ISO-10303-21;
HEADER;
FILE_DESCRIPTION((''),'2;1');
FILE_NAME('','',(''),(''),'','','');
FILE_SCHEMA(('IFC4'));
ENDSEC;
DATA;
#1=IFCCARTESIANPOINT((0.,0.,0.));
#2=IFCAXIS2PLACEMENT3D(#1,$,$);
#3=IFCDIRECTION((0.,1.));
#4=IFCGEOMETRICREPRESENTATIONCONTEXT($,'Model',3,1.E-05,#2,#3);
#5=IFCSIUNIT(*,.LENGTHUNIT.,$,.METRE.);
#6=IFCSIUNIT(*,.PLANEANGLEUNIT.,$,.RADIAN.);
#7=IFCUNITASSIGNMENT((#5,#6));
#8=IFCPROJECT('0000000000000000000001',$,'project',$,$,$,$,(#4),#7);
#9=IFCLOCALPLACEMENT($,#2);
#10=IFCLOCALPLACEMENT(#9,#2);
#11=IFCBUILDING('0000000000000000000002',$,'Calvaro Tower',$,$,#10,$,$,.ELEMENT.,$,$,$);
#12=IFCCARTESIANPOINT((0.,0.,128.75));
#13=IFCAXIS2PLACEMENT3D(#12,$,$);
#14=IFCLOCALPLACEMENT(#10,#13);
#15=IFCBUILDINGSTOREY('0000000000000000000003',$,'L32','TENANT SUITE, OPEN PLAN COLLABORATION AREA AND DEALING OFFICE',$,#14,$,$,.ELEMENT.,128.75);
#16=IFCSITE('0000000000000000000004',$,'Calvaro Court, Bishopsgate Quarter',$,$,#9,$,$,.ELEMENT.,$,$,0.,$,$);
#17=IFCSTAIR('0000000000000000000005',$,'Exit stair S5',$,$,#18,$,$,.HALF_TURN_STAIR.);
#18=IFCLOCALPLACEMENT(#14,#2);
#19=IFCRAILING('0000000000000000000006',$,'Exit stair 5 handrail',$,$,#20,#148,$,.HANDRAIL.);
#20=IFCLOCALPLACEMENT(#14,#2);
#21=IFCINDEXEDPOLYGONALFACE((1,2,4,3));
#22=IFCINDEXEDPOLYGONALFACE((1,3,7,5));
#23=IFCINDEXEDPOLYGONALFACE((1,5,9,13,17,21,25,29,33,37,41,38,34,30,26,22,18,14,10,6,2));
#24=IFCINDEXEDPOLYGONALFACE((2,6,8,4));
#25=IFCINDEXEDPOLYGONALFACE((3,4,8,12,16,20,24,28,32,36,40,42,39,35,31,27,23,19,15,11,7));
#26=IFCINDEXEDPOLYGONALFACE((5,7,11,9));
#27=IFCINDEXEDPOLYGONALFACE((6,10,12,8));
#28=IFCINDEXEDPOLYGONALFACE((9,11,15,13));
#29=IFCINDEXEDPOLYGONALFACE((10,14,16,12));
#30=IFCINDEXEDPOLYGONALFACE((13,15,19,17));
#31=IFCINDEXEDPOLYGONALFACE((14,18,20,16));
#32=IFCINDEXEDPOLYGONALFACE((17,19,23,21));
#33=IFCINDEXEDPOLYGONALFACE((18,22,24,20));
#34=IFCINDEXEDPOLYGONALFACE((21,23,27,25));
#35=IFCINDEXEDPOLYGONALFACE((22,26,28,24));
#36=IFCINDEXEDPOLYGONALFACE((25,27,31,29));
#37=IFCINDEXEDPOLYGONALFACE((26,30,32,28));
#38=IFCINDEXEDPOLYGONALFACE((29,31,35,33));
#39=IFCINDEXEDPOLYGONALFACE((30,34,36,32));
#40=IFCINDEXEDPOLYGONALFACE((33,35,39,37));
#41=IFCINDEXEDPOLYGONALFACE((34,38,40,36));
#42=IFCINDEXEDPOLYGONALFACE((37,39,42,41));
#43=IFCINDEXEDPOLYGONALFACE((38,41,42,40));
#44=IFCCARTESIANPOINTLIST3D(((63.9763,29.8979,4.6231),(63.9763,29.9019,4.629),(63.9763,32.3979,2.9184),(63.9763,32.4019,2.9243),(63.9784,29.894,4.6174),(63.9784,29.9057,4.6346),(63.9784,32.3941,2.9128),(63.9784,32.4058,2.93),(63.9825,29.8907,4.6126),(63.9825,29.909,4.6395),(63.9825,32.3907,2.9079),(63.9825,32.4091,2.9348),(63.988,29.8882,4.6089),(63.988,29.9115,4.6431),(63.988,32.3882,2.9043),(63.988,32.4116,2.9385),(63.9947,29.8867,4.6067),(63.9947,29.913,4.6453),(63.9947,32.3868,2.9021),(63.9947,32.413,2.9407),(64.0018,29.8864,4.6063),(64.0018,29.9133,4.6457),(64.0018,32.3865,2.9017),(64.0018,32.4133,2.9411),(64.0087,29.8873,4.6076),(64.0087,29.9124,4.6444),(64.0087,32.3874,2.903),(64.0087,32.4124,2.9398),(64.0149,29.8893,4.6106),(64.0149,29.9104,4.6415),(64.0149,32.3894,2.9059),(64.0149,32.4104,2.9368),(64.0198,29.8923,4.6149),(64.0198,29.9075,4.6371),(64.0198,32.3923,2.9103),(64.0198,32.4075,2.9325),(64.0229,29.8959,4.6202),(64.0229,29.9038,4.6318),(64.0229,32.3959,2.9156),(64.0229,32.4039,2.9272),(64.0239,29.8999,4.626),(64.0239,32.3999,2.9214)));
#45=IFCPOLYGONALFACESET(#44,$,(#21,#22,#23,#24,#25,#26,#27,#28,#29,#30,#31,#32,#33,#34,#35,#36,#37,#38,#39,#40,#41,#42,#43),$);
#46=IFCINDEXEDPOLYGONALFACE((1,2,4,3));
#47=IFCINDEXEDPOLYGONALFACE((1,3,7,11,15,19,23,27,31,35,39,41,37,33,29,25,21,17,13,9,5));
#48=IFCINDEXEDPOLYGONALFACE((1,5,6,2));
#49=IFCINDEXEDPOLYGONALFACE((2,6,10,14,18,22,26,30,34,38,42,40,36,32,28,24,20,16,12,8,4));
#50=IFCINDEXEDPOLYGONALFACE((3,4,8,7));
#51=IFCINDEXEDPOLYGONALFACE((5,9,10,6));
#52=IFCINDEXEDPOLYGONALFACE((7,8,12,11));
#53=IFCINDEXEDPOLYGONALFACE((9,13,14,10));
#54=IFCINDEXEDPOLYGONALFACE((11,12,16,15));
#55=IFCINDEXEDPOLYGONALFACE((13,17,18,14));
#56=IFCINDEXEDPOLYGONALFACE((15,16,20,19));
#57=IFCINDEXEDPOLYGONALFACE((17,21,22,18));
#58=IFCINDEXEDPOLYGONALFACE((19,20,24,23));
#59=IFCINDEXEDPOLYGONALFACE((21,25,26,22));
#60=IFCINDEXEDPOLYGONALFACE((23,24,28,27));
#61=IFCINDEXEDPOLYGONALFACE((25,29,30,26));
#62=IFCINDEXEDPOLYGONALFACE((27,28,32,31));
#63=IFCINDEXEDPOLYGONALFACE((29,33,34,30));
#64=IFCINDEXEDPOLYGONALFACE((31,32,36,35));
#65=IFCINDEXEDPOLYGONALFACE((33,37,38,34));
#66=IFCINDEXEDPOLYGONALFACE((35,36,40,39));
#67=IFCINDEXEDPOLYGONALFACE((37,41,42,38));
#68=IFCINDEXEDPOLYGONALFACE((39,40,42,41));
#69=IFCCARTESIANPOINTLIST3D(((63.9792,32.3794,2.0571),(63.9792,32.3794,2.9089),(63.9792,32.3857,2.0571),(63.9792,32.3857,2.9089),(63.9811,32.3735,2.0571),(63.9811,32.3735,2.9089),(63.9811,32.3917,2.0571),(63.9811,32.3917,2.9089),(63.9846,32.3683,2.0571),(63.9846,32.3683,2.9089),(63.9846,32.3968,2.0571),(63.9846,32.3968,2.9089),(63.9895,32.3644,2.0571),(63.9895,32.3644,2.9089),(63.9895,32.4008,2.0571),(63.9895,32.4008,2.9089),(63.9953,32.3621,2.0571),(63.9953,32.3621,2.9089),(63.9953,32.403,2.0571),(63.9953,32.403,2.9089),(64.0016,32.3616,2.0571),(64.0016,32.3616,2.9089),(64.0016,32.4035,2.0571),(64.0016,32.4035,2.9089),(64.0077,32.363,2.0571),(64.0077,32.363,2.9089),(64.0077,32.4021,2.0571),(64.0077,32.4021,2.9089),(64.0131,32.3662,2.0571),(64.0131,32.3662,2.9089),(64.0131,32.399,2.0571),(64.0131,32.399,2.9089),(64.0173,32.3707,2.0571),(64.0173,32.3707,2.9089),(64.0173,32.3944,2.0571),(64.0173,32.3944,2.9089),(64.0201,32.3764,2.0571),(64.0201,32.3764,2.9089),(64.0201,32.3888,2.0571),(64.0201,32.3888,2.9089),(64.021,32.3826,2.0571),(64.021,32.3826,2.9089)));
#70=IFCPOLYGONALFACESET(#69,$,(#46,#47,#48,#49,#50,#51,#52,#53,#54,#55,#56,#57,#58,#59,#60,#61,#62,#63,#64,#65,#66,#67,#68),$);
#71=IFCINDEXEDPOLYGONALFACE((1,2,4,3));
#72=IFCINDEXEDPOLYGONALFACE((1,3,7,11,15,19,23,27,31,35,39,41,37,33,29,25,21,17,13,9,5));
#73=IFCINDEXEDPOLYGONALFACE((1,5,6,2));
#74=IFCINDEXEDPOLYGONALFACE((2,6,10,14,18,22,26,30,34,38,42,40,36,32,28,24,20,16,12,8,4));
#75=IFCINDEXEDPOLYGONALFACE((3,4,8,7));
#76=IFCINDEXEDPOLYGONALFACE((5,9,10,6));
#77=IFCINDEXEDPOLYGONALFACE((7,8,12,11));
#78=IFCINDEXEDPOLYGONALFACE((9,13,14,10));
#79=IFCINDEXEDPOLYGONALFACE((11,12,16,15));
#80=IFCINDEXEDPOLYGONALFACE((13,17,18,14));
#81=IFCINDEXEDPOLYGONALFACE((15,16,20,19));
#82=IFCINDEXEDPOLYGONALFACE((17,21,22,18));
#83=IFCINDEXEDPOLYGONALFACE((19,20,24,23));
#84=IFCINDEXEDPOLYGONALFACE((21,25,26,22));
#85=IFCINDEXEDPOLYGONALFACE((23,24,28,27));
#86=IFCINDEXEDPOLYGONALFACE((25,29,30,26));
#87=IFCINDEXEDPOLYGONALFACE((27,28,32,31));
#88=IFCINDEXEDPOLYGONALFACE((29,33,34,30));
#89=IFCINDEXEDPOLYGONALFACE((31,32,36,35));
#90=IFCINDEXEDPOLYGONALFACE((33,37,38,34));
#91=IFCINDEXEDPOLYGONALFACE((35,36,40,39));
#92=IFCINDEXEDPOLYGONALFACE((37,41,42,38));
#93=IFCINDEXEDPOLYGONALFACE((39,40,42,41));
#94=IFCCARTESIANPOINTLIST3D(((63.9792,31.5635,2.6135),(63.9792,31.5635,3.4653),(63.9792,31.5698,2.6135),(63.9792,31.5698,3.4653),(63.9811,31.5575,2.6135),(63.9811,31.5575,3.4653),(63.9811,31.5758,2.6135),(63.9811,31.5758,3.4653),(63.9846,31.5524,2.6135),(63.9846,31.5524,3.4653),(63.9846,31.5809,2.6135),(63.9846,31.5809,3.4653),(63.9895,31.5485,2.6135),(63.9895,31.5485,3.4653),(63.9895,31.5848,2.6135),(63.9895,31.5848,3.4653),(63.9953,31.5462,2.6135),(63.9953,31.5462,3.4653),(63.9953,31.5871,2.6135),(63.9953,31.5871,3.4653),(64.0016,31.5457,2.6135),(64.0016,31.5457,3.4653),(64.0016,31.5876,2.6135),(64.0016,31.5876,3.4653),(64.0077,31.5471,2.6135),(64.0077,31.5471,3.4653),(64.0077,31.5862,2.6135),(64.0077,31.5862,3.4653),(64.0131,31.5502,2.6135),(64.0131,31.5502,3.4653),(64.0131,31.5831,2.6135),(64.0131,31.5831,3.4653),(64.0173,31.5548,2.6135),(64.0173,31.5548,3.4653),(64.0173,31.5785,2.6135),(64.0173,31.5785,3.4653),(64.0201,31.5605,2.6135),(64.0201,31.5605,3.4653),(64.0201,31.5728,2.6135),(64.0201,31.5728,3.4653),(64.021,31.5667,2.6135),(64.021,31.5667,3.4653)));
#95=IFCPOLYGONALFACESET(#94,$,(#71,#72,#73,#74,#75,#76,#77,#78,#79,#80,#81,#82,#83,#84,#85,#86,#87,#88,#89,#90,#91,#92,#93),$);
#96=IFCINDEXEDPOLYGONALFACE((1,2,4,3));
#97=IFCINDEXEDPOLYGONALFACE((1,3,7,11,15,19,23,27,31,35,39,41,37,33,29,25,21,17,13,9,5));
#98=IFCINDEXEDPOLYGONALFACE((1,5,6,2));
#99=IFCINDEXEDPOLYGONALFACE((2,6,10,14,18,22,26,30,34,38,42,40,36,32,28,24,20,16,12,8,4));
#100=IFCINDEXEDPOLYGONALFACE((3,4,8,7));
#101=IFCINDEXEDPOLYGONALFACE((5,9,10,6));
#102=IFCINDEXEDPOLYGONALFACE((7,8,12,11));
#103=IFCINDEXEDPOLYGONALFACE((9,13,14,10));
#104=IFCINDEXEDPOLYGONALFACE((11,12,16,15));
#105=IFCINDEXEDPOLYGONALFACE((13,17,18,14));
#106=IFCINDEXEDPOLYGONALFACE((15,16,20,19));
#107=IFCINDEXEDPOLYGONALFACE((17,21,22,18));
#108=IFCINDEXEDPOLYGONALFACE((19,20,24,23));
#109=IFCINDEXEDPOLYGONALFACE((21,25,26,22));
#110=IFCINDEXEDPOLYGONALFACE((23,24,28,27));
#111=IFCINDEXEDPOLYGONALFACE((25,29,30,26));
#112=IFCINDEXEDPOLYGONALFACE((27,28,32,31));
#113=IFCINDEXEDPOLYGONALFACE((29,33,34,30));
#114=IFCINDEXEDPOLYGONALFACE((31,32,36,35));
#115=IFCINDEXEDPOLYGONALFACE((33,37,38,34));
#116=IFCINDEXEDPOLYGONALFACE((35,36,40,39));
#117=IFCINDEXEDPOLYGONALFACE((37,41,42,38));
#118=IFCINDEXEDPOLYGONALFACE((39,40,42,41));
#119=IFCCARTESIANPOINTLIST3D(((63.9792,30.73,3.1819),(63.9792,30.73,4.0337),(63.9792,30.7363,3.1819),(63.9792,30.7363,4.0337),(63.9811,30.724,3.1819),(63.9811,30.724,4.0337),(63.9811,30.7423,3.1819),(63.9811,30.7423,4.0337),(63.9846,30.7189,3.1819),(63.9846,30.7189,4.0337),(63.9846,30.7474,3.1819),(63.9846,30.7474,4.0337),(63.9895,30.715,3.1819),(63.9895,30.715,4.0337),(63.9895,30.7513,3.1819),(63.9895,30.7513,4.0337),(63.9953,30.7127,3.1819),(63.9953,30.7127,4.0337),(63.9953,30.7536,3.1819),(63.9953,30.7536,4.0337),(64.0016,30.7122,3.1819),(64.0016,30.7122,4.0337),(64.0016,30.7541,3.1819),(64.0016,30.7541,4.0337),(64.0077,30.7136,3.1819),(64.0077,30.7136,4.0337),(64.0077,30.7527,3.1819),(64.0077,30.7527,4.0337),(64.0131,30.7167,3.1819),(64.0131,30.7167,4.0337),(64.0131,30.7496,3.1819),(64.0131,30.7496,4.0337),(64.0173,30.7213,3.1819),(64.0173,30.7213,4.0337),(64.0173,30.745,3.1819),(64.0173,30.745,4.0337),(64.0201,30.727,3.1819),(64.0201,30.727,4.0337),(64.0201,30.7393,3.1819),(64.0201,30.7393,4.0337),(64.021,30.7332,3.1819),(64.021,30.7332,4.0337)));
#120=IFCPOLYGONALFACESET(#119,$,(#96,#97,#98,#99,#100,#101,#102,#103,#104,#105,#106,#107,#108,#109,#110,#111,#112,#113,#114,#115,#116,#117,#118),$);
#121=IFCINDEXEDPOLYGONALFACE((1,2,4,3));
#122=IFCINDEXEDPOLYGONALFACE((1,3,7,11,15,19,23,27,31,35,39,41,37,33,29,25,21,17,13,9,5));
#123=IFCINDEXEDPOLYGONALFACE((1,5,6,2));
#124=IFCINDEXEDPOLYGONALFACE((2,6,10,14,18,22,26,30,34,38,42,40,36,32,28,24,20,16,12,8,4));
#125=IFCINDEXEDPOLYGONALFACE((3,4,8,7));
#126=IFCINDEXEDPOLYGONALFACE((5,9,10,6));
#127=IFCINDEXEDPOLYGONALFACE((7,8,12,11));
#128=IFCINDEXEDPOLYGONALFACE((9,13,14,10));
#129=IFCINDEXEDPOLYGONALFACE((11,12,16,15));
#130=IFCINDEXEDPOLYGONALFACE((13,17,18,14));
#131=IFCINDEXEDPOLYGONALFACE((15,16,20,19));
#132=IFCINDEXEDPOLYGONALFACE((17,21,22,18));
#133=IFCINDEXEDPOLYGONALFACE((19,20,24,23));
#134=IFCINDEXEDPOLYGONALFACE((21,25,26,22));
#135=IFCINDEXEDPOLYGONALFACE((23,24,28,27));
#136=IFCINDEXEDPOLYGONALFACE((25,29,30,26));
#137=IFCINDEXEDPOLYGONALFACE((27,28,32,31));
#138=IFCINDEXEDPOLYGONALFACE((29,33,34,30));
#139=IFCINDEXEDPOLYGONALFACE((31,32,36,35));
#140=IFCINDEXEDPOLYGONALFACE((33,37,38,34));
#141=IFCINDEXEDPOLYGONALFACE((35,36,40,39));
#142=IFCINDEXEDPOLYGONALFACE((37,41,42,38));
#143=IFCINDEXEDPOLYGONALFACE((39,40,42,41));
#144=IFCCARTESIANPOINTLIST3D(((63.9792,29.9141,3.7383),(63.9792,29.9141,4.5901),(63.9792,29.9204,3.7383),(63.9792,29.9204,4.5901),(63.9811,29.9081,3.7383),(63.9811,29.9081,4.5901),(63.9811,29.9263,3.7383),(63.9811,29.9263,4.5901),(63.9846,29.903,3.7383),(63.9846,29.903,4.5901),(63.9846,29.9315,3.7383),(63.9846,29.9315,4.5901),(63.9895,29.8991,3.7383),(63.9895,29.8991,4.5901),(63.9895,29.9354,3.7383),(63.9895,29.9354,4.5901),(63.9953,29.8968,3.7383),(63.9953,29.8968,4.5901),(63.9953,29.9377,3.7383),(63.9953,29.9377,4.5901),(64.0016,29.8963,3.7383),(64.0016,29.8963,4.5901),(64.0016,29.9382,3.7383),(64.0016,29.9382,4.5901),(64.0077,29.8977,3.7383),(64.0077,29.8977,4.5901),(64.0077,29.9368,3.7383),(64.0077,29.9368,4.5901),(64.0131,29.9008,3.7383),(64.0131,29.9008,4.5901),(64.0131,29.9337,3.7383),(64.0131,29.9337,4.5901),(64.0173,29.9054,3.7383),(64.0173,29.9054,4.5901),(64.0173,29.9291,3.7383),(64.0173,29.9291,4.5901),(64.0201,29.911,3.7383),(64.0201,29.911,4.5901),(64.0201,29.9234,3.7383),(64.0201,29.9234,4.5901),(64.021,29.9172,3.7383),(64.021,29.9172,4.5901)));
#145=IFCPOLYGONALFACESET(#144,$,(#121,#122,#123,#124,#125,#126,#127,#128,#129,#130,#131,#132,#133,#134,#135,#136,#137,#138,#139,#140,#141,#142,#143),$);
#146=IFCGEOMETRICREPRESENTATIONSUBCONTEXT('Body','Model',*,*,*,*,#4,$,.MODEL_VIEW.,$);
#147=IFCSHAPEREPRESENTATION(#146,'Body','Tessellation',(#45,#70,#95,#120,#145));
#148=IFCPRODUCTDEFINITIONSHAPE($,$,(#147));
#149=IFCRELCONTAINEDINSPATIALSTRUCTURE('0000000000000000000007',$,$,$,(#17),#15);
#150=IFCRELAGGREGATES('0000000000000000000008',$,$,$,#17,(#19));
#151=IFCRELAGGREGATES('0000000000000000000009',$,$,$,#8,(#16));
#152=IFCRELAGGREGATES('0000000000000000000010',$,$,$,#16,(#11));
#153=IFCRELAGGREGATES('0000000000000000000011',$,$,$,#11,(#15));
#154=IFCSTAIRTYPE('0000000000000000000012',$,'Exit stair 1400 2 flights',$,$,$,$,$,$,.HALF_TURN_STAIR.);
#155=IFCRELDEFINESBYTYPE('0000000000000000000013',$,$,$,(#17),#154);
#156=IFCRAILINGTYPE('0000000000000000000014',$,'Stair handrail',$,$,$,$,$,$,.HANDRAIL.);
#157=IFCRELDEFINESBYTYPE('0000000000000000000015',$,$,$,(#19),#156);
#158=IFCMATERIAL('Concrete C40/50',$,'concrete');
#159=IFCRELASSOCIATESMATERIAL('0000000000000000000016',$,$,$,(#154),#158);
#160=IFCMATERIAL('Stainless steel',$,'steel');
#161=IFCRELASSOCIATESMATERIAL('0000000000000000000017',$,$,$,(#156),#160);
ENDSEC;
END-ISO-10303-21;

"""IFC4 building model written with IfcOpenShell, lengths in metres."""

from ifc_helpers import new_model, si_unit, direction, frame, origin, origin_2d, place, context, subcontext, project, spatial, circle, extrude, material, type_object, element, aggregate, save


model = new_model("IFC4")

# Units and contexts
model_context = context("Model", 3, precision=1e-05, world=origin(), true_north=direction((0.0, 1.0)))
body_context = subcontext(model_context, "Body", "Model", "MODEL_VIEW")
ifc_project = project(units=[si_unit("LENGTHUNIT", "METRE"), si_unit("PLANEANGLEUNIT", "RADIAN")], contexts=[model_context])

# Site, building, storey
site_placement = place(None, origin())
site = spatial("IfcSite", under=ifc_project, at=site_placement, Name="Calvaro Court, Bishopsgate Quarter", CompositionType="ELEMENT", RefElevation=0.0)
building_placement = place(site_placement, origin())
building = spatial("IfcBuilding", under=site, at=building_placement, Name="Calvaro Tower", CompositionType="ELEMENT")
storey_placement = place(building_placement, frame((0.0, 0.0, 128.75)))
storey = spatial("IfcBuildingStorey", under=building, at=storey_placement, Name="L32", Description="TENANT SUITE, OPEN PLAN COLLABORATION AREA AND DEALING OFFICE", CompositionType="ELEMENT", Elevation=128.75)

# Stair, railing
ifc_material_1 = material(Name="Concrete C40/50", Category="concrete")
stair_type = type_object("IfcStairType", Name="Exit stair 1400 2 flights", PredefinedType="HALF_TURN_STAIR", material=ifc_material_1)
stair_placement = place(storey_placement, origin())
stair = element("IfcStair", 1, at=stair_placement, inside=storey, type_object=stair_type, Name="Exit stair S5", PredefinedType="HALF_TURN_STAIR")
ifc_material_2 = material(Name="Stainless steel", Category="steel")
railing_type = type_object("IfcRailingType", Name="Stair handrail", PredefinedType="HANDRAIL", material=ifc_material_2)
railing_1_placement = place(storey_placement, frame((64.0, 32.3999, 2.0454)))
railing_1 = element("IfcRailing", 2, at=railing_1_placement, type_object=railing_type, Name="Exit stair 5 handrail", PredefinedType="HANDRAIL", context=body_context, shape_type="SweptSolid", body=[
    extrude(circle(Radius=0.0239, at=origin_2d()), frame((0.0, 0.0, 0.876), z_axis=(0.0, -0.826221, 0.563347), x_axis=(1.0, 0.0, 0.0)), (0.0, 0.0, 1.0), 3.0259),
    extrude(circle(Radius=0.021, at=origin_2d()), frame((0.0, -0.0173, 0.0117)), (0.0, 0.0, 1.0), 0.8518),
    extrude(circle(Radius=0.021, at=origin_2d()), frame((0.0, -0.8333, 0.5681)), (0.0, 0.0, 1.0), 0.8518),
    extrude(circle(Radius=0.021, at=origin_2d()), frame((0.0, -1.6667, 1.1365)), (0.0, 0.0, 1.0), 0.8518),
    extrude(circle(Radius=0.021, at=origin_2d()), frame((0.0, -2.4827, 1.6929)), (0.0, 0.0, 1.0), 0.8518),
])
aggregate(stair, [railing_1])

save(model, "model.ifc")
